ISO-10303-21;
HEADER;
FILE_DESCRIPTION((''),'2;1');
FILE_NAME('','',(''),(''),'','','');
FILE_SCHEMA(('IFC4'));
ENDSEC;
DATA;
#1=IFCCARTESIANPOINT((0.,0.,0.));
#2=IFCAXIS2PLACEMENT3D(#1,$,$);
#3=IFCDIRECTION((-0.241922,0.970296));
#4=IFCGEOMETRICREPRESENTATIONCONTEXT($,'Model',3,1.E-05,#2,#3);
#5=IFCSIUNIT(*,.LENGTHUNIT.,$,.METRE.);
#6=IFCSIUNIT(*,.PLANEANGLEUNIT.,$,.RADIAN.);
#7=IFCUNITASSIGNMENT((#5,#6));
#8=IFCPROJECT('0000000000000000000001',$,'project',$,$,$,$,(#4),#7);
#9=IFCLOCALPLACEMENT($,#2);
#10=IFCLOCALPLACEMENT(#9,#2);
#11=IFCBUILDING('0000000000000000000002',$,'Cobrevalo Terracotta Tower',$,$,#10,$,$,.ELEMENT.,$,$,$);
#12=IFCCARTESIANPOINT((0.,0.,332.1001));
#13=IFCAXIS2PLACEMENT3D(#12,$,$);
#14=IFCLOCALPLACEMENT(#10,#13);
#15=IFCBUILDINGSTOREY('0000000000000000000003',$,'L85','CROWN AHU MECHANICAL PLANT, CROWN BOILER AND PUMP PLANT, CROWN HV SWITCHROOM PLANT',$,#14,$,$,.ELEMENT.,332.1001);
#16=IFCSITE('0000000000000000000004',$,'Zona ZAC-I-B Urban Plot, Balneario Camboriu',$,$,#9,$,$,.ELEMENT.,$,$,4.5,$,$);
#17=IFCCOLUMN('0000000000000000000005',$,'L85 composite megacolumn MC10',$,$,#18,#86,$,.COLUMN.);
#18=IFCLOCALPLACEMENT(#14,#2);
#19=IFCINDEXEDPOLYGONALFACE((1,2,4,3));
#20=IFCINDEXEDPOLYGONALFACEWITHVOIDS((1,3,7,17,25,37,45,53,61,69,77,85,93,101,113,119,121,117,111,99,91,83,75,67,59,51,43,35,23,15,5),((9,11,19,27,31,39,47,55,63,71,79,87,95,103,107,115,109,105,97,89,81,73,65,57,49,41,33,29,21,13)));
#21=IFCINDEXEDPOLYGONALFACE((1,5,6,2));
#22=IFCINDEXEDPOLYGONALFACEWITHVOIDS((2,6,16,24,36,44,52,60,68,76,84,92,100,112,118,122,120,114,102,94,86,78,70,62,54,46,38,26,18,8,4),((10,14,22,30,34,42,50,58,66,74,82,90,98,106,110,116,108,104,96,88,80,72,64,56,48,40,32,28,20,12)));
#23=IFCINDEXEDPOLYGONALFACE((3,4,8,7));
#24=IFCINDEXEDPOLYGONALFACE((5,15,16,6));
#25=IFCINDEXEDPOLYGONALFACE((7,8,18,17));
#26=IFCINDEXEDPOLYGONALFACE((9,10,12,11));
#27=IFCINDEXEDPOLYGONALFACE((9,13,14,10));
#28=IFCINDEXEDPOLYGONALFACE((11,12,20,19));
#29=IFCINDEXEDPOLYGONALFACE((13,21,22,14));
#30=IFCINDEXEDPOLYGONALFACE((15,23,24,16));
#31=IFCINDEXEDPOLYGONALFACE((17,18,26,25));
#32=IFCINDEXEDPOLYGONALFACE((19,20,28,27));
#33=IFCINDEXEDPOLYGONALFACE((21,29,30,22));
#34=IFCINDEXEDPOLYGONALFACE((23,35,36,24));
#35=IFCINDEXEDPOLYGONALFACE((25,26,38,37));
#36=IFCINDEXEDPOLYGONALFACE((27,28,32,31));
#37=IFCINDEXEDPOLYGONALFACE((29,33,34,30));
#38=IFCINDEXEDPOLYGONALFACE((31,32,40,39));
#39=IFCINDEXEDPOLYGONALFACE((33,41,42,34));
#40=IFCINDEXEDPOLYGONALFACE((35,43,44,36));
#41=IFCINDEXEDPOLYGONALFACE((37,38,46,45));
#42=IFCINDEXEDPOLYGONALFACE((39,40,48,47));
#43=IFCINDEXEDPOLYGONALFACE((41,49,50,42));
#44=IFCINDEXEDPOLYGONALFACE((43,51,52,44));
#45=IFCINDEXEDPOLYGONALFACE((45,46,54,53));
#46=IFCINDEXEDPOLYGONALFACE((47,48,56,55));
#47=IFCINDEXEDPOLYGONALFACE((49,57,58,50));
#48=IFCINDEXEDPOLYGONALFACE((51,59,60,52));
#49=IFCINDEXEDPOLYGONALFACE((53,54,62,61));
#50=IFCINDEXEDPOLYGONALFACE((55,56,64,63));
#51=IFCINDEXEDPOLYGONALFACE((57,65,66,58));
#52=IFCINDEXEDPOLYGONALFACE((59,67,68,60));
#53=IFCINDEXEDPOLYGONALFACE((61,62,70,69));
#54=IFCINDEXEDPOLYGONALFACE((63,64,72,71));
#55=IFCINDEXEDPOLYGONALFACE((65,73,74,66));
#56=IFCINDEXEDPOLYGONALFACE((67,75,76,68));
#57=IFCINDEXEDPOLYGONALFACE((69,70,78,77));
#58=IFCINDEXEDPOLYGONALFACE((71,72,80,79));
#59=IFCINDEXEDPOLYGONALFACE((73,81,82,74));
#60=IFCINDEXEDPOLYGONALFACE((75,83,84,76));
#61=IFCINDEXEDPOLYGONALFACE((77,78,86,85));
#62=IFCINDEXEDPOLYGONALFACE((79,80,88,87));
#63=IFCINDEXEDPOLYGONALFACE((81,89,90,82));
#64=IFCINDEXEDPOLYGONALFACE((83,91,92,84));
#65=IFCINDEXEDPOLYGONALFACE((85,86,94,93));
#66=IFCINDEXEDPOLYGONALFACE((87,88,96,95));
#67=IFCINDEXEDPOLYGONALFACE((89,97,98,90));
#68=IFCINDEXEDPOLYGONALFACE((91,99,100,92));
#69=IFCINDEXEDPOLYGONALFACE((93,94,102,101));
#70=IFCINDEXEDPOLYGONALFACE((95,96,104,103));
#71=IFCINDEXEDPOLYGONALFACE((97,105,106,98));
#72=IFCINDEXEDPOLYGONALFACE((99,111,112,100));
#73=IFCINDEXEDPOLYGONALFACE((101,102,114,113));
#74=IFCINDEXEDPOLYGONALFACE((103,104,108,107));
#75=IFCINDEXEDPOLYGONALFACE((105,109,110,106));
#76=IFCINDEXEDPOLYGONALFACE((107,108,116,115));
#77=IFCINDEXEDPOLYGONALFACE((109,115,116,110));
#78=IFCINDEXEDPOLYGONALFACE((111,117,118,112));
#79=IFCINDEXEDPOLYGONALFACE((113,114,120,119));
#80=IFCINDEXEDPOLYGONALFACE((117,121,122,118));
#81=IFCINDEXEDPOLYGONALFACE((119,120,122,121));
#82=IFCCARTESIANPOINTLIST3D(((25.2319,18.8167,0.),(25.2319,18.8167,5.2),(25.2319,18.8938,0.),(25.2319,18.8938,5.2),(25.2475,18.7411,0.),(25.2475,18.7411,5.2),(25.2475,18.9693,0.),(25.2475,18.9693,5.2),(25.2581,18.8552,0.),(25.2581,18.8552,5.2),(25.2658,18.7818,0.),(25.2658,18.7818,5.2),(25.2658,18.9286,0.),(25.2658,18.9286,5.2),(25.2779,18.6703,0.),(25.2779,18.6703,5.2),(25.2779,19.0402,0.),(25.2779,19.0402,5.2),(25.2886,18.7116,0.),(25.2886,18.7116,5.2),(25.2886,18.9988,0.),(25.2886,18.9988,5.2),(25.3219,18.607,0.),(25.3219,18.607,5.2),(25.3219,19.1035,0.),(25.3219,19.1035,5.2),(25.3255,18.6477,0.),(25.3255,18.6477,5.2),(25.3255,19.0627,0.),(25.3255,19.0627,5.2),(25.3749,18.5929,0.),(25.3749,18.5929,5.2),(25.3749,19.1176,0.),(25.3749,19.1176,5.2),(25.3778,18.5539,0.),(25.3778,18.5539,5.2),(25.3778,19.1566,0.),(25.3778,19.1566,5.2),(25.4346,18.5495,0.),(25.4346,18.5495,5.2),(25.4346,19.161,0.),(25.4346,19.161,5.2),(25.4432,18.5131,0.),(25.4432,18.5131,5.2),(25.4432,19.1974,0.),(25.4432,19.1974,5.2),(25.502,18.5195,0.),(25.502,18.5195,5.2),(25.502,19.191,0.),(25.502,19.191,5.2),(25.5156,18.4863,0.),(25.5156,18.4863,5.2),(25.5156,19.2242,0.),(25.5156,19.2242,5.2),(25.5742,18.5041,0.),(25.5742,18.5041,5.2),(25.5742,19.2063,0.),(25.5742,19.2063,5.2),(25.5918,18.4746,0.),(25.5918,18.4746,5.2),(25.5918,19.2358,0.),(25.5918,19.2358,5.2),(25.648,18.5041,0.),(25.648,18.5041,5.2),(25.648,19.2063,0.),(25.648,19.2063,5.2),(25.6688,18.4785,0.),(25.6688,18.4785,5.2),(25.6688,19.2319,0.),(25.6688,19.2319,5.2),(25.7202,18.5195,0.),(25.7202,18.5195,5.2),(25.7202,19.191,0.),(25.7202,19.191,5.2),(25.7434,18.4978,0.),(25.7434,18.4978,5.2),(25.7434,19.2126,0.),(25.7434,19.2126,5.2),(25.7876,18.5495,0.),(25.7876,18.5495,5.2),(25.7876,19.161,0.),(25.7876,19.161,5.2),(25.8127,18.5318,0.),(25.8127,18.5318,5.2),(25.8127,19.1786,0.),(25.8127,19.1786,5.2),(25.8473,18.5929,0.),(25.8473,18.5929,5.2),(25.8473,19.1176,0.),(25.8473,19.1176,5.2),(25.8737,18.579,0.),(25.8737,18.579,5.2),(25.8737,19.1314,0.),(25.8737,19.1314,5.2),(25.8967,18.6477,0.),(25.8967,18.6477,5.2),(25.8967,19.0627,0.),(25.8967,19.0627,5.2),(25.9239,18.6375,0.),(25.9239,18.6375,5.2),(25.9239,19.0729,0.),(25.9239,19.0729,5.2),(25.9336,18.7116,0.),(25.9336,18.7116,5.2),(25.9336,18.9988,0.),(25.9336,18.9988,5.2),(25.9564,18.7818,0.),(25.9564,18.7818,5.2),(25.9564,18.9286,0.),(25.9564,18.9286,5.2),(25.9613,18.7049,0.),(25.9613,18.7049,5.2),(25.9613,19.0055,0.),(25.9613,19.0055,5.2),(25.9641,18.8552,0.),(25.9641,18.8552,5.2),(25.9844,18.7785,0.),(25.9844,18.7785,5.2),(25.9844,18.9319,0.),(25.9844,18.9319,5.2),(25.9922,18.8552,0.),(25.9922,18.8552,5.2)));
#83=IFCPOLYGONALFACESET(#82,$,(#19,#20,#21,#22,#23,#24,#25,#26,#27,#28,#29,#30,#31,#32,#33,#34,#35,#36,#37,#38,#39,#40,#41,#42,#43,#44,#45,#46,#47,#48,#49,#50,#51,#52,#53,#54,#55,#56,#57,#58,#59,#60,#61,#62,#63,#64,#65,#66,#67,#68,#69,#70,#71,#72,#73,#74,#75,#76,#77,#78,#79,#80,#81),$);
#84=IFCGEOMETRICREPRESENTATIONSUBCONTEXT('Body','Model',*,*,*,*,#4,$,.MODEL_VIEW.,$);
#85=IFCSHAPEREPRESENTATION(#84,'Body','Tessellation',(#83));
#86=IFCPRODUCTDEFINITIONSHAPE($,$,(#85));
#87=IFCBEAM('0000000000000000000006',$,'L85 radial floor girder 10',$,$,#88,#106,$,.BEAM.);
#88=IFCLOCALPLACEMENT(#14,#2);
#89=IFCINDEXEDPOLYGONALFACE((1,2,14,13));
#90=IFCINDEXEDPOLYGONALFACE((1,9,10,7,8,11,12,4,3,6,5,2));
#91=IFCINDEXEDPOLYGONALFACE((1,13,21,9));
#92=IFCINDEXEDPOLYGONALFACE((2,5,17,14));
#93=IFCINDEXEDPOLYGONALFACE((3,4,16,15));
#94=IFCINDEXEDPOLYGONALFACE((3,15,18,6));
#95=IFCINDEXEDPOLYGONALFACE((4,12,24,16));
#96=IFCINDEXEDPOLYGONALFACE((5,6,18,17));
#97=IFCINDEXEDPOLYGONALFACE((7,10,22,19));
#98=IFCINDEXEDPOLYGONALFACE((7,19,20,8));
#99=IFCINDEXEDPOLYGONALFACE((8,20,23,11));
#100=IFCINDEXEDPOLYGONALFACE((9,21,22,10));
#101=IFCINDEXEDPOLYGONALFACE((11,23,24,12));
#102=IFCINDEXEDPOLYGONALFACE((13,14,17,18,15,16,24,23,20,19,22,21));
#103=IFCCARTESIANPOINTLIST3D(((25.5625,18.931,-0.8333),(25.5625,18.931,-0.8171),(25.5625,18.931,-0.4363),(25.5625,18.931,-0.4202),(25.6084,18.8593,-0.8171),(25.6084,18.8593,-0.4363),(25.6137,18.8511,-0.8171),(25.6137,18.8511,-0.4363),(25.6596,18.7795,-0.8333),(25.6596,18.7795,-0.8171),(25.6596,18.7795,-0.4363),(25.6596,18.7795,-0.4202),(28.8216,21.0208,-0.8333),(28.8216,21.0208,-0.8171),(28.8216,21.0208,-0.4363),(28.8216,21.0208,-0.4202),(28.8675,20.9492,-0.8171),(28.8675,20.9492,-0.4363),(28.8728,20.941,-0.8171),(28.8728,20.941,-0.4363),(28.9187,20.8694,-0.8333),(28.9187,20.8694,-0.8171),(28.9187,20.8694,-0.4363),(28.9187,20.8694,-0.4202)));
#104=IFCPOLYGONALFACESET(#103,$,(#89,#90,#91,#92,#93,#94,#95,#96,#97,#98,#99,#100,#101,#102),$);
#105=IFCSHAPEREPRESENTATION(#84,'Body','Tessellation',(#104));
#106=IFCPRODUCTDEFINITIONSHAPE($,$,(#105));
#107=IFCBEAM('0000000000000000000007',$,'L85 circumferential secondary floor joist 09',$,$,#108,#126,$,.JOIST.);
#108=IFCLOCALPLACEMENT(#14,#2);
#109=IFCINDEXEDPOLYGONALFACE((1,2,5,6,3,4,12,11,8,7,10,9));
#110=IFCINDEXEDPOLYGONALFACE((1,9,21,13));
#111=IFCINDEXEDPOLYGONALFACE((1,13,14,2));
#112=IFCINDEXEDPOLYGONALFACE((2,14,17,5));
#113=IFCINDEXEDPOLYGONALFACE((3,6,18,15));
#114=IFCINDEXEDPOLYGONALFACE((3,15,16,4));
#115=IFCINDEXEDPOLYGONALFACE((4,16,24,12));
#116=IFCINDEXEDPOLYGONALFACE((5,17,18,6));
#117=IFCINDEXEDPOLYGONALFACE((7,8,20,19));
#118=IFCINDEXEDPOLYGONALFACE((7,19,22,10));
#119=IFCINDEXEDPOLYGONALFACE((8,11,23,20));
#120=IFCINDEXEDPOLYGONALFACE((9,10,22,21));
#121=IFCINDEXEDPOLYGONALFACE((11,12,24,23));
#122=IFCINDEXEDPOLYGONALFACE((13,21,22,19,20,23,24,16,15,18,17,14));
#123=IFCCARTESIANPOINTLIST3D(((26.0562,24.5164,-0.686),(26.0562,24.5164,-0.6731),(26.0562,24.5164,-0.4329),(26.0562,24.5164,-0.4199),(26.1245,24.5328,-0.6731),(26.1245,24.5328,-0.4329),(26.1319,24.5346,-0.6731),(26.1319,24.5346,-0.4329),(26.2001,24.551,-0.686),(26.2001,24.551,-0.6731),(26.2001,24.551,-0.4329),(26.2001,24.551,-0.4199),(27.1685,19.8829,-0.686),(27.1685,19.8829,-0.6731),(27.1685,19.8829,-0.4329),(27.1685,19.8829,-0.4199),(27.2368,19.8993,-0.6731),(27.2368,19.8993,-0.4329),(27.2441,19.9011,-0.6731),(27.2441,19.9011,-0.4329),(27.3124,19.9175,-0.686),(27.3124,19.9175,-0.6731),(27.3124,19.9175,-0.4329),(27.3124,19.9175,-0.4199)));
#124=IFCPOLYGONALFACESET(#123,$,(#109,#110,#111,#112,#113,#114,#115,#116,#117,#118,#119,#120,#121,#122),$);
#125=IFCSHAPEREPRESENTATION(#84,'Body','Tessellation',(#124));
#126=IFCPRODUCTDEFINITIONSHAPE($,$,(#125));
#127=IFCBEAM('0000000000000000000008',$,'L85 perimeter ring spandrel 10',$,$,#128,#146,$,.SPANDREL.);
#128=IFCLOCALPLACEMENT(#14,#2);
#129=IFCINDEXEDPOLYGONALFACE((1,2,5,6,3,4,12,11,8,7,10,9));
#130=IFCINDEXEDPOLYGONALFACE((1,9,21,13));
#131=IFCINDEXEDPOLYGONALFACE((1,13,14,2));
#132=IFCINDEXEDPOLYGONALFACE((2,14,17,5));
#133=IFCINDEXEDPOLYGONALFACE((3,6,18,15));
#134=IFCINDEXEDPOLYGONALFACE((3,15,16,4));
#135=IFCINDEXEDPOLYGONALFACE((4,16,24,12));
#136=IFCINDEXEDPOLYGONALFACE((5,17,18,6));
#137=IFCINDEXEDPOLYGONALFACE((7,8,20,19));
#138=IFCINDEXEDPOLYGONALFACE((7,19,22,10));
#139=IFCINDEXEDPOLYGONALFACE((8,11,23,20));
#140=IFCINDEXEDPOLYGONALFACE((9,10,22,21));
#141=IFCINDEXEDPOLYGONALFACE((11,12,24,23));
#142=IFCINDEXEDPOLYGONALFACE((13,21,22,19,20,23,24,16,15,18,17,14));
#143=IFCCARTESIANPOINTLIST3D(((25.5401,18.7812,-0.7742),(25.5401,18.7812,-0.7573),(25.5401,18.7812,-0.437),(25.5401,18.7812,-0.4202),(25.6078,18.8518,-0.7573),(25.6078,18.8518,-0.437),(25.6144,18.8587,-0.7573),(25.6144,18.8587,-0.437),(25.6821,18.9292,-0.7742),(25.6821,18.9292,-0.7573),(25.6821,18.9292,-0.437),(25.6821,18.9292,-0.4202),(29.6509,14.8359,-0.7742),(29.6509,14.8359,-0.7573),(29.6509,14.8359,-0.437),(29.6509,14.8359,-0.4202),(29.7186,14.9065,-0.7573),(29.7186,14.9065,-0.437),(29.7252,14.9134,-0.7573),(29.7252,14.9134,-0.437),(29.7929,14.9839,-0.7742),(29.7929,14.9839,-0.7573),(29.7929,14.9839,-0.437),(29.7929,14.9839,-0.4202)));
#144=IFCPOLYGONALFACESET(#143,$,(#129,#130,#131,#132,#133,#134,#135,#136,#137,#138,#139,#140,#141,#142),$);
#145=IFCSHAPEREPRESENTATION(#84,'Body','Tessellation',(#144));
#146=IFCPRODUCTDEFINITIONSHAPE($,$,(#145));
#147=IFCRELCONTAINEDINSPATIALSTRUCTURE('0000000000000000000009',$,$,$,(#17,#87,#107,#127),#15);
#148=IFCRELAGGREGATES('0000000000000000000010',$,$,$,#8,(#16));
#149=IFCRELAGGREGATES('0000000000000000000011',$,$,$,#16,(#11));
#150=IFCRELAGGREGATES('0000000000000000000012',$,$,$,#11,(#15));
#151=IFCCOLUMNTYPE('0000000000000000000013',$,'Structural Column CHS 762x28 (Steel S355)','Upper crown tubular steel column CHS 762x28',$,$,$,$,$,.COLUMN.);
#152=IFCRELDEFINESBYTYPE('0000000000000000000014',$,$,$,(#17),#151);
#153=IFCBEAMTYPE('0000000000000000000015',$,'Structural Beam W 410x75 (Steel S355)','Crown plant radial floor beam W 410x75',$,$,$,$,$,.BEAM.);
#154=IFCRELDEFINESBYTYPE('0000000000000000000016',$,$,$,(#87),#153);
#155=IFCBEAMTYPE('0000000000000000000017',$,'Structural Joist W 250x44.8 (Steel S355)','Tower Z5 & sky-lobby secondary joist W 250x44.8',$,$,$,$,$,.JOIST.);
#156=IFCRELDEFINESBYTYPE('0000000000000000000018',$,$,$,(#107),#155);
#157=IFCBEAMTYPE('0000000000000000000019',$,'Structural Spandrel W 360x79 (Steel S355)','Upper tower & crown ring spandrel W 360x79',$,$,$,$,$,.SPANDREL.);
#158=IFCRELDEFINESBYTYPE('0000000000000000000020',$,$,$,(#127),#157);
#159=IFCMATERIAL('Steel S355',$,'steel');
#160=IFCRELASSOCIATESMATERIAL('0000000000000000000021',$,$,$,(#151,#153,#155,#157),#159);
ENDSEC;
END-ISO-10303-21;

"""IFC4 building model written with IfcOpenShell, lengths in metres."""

from ifc_helpers import new_model, si_unit, direction, frame, origin, origin_2d, place, context, subcontext, project, spatial, hollow_circle, i_section, extrude, material, material_profile, profile_set, type_object, element, save


model = new_model("IFC4")

# Units and contexts
model_context = context("Model", 3, precision=1e-05, world=origin(), true_north=direction((-0.241922, 0.970296)))
body_context = subcontext(model_context, "Body", "Model", "MODEL_VIEW")
ifc_project = project(units=[si_unit("LENGTHUNIT", "METRE"), si_unit("PLANEANGLEUNIT", "RADIAN")], contexts=[model_context])

# Site, building, storey
site_placement = place(None, origin())
site = spatial("IfcSite", under=ifc_project, at=site_placement, Name="Zona ZAC-I-B Urban Plot, Balneario Camboriu", CompositionType="ELEMENT", RefElevation=4.5)
building_placement = place(site_placement, origin())
building = spatial("IfcBuilding", under=site, at=building_placement, Name="Cobrevalo Terracotta Tower", CompositionType="ELEMENT")
storey_placement = place(building_placement, frame((0.0, 0.0, 332.1001)))
storey = spatial("IfcBuildingStorey", under=building, at=storey_placement, Name="L85", Description="CROWN AHU MECHANICAL PLANT, CROWN BOILER AND PUMP PLANT, CROWN HV SWITCHROOM PLANT", CompositionType="ELEMENT", Elevation=332.1001)

# Column
ifc_material_1 = material(Name="Steel S355", Category="steel")
ifc_material_profile_1 = material_profile(ifc_material_1, hollow_circle(Radius=0.3811, WallThickness=0.0281, at=origin_2d()), Name="CHS 762x28")
ifc_profile_set_1 = profile_set([ifc_material_profile_1], Name="Steel S355")
column_type = type_object("IfcColumnType", Name="Structural Column CHS 762x28 (Steel S355)", Description="Upper crown tubular steel column CHS 762x28", PredefinedType="COLUMN", material=ifc_profile_set_1)
column_placement = place(storey_placement, frame((25.6111, 18.8552, 0.0), z_axis=(0.0, 0.0, 1.0), x_axis=(1.0, 0.0, 0.0)))
element("IfcColumn", 1, at=column_placement, inside=storey, type_object=column_type, Name="L85 composite megacolumn MC10", PredefinedType="COLUMN", context=body_context, shape_type="SweptSolid", body=[
    extrude(hollow_circle(Radius=0.3811, WallThickness=0.0281, at=origin_2d()), origin(), (0.0, 0.0, 1.0), 5.2),
])

# Beams
ifc_material_profile_2 = material_profile(ifc_material_1, i_section(OverallWidth=0.1799, OverallDepth=0.4131, WebThickness=0.0098, FlangeThickness=0.0161, at=origin_2d()), Name="W 410x75")
ifc_profile_set_2 = profile_set([ifc_material_profile_2], Name="Steel S355")
beam_type_1 = type_object("IfcBeamType", Name="Structural Beam W 410x75 (Steel S355)", Description="Crown plant radial floor beam W 410x75", PredefinedType="BEAM", material=ifc_profile_set_2)
beam_1_placement = place(storey_placement, frame((25.6111, 18.8552, -0.6267), z_axis=(0.841795, 0.539798, 0.0), x_axis=(-0.539798, 0.841795, 0.0)))
element("IfcBeam", 2, at=beam_1_placement, inside=storey, type_object=beam_type_1, Name="L85 radial floor girder 10", PredefinedType="BEAM", context=body_context, shape_type="SweptSolid", body=[
    extrude(i_section(OverallWidth=0.1799, OverallDepth=0.4131, WebThickness=0.0098, FlangeThickness=0.0161, at=origin_2d()), origin(), (0.0, 0.0, 1.0), 3.8716),
])
ifc_material_profile_3 = material_profile(ifc_material_1, i_section(OverallWidth=0.1479, OverallDepth=0.2661, WebThickness=0.0076, FlangeThickness=0.0129, at=origin_2d()), Name="W 250x44.8")
ifc_profile_set_3 = profile_set([ifc_material_profile_3], Name="Steel S355")
beam_type_2 = type_object("IfcBeamType", Name="Structural Joist W 250x44.8 (Steel S355)", Description="Tower Z5 & sky-lobby secondary joist W 250x44.8", PredefinedType="JOIST", material=ifc_profile_set_3)
beam_2_placement = place(storey_placement, frame((26.1282, 24.5337, -0.553), z_axis=(0.233423, -0.972375, 0.0), x_axis=(0.972375, 0.233423, 0.0)))
element("IfcBeam", 3, at=beam_2_placement, inside=storey, type_object=beam_type_2, Name="L85 circumferential secondary floor joist 09", PredefinedType="JOIST", context=body_context, shape_type="SweptSolid", body=[
    extrude(i_section(OverallWidth=0.1479, OverallDepth=0.2661, WebThickness=0.0076, FlangeThickness=0.0129, at=origin_2d()), origin(), (0.0, 0.0, 1.0), 4.7651),
])
ifc_material_profile_4 = material_profile(ifc_material_1, i_section(OverallWidth=0.2051, OverallDepth=0.354, WebThickness=0.0095, FlangeThickness=0.0168, at=origin_2d()), Name="W 360x79")
ifc_profile_set_4 = profile_set([ifc_material_profile_4], Name="Steel S355")
beam_type_3 = type_object("IfcBeamType", Name="Structural Spandrel W 360x79 (Steel S355)", Description="Upper tower & crown ring spandrel W 360x79", PredefinedType="SPANDREL", material=ifc_profile_set_4)
beam_3_placement = place(storey_placement, frame((25.6111, 18.8552, -0.5972), z_axis=(0.721483, -0.692432, 0.0), x_axis=(0.692432, 0.721483, 0.0)))
element("IfcBeam", 4, at=beam_3_placement, inside=storey, type_object=beam_type_3, Name="L85 perimeter ring spandrel 10", PredefinedType="SPANDREL", context=body_context, shape_type="SweptSolid", body=[
    extrude(i_section(OverallWidth=0.2051, OverallDepth=0.354, WebThickness=0.0095, FlangeThickness=0.0168, at=origin_2d()), origin(), (0.0, 0.0, 1.0), 5.6978),
])

save(model, "model.ifc")
